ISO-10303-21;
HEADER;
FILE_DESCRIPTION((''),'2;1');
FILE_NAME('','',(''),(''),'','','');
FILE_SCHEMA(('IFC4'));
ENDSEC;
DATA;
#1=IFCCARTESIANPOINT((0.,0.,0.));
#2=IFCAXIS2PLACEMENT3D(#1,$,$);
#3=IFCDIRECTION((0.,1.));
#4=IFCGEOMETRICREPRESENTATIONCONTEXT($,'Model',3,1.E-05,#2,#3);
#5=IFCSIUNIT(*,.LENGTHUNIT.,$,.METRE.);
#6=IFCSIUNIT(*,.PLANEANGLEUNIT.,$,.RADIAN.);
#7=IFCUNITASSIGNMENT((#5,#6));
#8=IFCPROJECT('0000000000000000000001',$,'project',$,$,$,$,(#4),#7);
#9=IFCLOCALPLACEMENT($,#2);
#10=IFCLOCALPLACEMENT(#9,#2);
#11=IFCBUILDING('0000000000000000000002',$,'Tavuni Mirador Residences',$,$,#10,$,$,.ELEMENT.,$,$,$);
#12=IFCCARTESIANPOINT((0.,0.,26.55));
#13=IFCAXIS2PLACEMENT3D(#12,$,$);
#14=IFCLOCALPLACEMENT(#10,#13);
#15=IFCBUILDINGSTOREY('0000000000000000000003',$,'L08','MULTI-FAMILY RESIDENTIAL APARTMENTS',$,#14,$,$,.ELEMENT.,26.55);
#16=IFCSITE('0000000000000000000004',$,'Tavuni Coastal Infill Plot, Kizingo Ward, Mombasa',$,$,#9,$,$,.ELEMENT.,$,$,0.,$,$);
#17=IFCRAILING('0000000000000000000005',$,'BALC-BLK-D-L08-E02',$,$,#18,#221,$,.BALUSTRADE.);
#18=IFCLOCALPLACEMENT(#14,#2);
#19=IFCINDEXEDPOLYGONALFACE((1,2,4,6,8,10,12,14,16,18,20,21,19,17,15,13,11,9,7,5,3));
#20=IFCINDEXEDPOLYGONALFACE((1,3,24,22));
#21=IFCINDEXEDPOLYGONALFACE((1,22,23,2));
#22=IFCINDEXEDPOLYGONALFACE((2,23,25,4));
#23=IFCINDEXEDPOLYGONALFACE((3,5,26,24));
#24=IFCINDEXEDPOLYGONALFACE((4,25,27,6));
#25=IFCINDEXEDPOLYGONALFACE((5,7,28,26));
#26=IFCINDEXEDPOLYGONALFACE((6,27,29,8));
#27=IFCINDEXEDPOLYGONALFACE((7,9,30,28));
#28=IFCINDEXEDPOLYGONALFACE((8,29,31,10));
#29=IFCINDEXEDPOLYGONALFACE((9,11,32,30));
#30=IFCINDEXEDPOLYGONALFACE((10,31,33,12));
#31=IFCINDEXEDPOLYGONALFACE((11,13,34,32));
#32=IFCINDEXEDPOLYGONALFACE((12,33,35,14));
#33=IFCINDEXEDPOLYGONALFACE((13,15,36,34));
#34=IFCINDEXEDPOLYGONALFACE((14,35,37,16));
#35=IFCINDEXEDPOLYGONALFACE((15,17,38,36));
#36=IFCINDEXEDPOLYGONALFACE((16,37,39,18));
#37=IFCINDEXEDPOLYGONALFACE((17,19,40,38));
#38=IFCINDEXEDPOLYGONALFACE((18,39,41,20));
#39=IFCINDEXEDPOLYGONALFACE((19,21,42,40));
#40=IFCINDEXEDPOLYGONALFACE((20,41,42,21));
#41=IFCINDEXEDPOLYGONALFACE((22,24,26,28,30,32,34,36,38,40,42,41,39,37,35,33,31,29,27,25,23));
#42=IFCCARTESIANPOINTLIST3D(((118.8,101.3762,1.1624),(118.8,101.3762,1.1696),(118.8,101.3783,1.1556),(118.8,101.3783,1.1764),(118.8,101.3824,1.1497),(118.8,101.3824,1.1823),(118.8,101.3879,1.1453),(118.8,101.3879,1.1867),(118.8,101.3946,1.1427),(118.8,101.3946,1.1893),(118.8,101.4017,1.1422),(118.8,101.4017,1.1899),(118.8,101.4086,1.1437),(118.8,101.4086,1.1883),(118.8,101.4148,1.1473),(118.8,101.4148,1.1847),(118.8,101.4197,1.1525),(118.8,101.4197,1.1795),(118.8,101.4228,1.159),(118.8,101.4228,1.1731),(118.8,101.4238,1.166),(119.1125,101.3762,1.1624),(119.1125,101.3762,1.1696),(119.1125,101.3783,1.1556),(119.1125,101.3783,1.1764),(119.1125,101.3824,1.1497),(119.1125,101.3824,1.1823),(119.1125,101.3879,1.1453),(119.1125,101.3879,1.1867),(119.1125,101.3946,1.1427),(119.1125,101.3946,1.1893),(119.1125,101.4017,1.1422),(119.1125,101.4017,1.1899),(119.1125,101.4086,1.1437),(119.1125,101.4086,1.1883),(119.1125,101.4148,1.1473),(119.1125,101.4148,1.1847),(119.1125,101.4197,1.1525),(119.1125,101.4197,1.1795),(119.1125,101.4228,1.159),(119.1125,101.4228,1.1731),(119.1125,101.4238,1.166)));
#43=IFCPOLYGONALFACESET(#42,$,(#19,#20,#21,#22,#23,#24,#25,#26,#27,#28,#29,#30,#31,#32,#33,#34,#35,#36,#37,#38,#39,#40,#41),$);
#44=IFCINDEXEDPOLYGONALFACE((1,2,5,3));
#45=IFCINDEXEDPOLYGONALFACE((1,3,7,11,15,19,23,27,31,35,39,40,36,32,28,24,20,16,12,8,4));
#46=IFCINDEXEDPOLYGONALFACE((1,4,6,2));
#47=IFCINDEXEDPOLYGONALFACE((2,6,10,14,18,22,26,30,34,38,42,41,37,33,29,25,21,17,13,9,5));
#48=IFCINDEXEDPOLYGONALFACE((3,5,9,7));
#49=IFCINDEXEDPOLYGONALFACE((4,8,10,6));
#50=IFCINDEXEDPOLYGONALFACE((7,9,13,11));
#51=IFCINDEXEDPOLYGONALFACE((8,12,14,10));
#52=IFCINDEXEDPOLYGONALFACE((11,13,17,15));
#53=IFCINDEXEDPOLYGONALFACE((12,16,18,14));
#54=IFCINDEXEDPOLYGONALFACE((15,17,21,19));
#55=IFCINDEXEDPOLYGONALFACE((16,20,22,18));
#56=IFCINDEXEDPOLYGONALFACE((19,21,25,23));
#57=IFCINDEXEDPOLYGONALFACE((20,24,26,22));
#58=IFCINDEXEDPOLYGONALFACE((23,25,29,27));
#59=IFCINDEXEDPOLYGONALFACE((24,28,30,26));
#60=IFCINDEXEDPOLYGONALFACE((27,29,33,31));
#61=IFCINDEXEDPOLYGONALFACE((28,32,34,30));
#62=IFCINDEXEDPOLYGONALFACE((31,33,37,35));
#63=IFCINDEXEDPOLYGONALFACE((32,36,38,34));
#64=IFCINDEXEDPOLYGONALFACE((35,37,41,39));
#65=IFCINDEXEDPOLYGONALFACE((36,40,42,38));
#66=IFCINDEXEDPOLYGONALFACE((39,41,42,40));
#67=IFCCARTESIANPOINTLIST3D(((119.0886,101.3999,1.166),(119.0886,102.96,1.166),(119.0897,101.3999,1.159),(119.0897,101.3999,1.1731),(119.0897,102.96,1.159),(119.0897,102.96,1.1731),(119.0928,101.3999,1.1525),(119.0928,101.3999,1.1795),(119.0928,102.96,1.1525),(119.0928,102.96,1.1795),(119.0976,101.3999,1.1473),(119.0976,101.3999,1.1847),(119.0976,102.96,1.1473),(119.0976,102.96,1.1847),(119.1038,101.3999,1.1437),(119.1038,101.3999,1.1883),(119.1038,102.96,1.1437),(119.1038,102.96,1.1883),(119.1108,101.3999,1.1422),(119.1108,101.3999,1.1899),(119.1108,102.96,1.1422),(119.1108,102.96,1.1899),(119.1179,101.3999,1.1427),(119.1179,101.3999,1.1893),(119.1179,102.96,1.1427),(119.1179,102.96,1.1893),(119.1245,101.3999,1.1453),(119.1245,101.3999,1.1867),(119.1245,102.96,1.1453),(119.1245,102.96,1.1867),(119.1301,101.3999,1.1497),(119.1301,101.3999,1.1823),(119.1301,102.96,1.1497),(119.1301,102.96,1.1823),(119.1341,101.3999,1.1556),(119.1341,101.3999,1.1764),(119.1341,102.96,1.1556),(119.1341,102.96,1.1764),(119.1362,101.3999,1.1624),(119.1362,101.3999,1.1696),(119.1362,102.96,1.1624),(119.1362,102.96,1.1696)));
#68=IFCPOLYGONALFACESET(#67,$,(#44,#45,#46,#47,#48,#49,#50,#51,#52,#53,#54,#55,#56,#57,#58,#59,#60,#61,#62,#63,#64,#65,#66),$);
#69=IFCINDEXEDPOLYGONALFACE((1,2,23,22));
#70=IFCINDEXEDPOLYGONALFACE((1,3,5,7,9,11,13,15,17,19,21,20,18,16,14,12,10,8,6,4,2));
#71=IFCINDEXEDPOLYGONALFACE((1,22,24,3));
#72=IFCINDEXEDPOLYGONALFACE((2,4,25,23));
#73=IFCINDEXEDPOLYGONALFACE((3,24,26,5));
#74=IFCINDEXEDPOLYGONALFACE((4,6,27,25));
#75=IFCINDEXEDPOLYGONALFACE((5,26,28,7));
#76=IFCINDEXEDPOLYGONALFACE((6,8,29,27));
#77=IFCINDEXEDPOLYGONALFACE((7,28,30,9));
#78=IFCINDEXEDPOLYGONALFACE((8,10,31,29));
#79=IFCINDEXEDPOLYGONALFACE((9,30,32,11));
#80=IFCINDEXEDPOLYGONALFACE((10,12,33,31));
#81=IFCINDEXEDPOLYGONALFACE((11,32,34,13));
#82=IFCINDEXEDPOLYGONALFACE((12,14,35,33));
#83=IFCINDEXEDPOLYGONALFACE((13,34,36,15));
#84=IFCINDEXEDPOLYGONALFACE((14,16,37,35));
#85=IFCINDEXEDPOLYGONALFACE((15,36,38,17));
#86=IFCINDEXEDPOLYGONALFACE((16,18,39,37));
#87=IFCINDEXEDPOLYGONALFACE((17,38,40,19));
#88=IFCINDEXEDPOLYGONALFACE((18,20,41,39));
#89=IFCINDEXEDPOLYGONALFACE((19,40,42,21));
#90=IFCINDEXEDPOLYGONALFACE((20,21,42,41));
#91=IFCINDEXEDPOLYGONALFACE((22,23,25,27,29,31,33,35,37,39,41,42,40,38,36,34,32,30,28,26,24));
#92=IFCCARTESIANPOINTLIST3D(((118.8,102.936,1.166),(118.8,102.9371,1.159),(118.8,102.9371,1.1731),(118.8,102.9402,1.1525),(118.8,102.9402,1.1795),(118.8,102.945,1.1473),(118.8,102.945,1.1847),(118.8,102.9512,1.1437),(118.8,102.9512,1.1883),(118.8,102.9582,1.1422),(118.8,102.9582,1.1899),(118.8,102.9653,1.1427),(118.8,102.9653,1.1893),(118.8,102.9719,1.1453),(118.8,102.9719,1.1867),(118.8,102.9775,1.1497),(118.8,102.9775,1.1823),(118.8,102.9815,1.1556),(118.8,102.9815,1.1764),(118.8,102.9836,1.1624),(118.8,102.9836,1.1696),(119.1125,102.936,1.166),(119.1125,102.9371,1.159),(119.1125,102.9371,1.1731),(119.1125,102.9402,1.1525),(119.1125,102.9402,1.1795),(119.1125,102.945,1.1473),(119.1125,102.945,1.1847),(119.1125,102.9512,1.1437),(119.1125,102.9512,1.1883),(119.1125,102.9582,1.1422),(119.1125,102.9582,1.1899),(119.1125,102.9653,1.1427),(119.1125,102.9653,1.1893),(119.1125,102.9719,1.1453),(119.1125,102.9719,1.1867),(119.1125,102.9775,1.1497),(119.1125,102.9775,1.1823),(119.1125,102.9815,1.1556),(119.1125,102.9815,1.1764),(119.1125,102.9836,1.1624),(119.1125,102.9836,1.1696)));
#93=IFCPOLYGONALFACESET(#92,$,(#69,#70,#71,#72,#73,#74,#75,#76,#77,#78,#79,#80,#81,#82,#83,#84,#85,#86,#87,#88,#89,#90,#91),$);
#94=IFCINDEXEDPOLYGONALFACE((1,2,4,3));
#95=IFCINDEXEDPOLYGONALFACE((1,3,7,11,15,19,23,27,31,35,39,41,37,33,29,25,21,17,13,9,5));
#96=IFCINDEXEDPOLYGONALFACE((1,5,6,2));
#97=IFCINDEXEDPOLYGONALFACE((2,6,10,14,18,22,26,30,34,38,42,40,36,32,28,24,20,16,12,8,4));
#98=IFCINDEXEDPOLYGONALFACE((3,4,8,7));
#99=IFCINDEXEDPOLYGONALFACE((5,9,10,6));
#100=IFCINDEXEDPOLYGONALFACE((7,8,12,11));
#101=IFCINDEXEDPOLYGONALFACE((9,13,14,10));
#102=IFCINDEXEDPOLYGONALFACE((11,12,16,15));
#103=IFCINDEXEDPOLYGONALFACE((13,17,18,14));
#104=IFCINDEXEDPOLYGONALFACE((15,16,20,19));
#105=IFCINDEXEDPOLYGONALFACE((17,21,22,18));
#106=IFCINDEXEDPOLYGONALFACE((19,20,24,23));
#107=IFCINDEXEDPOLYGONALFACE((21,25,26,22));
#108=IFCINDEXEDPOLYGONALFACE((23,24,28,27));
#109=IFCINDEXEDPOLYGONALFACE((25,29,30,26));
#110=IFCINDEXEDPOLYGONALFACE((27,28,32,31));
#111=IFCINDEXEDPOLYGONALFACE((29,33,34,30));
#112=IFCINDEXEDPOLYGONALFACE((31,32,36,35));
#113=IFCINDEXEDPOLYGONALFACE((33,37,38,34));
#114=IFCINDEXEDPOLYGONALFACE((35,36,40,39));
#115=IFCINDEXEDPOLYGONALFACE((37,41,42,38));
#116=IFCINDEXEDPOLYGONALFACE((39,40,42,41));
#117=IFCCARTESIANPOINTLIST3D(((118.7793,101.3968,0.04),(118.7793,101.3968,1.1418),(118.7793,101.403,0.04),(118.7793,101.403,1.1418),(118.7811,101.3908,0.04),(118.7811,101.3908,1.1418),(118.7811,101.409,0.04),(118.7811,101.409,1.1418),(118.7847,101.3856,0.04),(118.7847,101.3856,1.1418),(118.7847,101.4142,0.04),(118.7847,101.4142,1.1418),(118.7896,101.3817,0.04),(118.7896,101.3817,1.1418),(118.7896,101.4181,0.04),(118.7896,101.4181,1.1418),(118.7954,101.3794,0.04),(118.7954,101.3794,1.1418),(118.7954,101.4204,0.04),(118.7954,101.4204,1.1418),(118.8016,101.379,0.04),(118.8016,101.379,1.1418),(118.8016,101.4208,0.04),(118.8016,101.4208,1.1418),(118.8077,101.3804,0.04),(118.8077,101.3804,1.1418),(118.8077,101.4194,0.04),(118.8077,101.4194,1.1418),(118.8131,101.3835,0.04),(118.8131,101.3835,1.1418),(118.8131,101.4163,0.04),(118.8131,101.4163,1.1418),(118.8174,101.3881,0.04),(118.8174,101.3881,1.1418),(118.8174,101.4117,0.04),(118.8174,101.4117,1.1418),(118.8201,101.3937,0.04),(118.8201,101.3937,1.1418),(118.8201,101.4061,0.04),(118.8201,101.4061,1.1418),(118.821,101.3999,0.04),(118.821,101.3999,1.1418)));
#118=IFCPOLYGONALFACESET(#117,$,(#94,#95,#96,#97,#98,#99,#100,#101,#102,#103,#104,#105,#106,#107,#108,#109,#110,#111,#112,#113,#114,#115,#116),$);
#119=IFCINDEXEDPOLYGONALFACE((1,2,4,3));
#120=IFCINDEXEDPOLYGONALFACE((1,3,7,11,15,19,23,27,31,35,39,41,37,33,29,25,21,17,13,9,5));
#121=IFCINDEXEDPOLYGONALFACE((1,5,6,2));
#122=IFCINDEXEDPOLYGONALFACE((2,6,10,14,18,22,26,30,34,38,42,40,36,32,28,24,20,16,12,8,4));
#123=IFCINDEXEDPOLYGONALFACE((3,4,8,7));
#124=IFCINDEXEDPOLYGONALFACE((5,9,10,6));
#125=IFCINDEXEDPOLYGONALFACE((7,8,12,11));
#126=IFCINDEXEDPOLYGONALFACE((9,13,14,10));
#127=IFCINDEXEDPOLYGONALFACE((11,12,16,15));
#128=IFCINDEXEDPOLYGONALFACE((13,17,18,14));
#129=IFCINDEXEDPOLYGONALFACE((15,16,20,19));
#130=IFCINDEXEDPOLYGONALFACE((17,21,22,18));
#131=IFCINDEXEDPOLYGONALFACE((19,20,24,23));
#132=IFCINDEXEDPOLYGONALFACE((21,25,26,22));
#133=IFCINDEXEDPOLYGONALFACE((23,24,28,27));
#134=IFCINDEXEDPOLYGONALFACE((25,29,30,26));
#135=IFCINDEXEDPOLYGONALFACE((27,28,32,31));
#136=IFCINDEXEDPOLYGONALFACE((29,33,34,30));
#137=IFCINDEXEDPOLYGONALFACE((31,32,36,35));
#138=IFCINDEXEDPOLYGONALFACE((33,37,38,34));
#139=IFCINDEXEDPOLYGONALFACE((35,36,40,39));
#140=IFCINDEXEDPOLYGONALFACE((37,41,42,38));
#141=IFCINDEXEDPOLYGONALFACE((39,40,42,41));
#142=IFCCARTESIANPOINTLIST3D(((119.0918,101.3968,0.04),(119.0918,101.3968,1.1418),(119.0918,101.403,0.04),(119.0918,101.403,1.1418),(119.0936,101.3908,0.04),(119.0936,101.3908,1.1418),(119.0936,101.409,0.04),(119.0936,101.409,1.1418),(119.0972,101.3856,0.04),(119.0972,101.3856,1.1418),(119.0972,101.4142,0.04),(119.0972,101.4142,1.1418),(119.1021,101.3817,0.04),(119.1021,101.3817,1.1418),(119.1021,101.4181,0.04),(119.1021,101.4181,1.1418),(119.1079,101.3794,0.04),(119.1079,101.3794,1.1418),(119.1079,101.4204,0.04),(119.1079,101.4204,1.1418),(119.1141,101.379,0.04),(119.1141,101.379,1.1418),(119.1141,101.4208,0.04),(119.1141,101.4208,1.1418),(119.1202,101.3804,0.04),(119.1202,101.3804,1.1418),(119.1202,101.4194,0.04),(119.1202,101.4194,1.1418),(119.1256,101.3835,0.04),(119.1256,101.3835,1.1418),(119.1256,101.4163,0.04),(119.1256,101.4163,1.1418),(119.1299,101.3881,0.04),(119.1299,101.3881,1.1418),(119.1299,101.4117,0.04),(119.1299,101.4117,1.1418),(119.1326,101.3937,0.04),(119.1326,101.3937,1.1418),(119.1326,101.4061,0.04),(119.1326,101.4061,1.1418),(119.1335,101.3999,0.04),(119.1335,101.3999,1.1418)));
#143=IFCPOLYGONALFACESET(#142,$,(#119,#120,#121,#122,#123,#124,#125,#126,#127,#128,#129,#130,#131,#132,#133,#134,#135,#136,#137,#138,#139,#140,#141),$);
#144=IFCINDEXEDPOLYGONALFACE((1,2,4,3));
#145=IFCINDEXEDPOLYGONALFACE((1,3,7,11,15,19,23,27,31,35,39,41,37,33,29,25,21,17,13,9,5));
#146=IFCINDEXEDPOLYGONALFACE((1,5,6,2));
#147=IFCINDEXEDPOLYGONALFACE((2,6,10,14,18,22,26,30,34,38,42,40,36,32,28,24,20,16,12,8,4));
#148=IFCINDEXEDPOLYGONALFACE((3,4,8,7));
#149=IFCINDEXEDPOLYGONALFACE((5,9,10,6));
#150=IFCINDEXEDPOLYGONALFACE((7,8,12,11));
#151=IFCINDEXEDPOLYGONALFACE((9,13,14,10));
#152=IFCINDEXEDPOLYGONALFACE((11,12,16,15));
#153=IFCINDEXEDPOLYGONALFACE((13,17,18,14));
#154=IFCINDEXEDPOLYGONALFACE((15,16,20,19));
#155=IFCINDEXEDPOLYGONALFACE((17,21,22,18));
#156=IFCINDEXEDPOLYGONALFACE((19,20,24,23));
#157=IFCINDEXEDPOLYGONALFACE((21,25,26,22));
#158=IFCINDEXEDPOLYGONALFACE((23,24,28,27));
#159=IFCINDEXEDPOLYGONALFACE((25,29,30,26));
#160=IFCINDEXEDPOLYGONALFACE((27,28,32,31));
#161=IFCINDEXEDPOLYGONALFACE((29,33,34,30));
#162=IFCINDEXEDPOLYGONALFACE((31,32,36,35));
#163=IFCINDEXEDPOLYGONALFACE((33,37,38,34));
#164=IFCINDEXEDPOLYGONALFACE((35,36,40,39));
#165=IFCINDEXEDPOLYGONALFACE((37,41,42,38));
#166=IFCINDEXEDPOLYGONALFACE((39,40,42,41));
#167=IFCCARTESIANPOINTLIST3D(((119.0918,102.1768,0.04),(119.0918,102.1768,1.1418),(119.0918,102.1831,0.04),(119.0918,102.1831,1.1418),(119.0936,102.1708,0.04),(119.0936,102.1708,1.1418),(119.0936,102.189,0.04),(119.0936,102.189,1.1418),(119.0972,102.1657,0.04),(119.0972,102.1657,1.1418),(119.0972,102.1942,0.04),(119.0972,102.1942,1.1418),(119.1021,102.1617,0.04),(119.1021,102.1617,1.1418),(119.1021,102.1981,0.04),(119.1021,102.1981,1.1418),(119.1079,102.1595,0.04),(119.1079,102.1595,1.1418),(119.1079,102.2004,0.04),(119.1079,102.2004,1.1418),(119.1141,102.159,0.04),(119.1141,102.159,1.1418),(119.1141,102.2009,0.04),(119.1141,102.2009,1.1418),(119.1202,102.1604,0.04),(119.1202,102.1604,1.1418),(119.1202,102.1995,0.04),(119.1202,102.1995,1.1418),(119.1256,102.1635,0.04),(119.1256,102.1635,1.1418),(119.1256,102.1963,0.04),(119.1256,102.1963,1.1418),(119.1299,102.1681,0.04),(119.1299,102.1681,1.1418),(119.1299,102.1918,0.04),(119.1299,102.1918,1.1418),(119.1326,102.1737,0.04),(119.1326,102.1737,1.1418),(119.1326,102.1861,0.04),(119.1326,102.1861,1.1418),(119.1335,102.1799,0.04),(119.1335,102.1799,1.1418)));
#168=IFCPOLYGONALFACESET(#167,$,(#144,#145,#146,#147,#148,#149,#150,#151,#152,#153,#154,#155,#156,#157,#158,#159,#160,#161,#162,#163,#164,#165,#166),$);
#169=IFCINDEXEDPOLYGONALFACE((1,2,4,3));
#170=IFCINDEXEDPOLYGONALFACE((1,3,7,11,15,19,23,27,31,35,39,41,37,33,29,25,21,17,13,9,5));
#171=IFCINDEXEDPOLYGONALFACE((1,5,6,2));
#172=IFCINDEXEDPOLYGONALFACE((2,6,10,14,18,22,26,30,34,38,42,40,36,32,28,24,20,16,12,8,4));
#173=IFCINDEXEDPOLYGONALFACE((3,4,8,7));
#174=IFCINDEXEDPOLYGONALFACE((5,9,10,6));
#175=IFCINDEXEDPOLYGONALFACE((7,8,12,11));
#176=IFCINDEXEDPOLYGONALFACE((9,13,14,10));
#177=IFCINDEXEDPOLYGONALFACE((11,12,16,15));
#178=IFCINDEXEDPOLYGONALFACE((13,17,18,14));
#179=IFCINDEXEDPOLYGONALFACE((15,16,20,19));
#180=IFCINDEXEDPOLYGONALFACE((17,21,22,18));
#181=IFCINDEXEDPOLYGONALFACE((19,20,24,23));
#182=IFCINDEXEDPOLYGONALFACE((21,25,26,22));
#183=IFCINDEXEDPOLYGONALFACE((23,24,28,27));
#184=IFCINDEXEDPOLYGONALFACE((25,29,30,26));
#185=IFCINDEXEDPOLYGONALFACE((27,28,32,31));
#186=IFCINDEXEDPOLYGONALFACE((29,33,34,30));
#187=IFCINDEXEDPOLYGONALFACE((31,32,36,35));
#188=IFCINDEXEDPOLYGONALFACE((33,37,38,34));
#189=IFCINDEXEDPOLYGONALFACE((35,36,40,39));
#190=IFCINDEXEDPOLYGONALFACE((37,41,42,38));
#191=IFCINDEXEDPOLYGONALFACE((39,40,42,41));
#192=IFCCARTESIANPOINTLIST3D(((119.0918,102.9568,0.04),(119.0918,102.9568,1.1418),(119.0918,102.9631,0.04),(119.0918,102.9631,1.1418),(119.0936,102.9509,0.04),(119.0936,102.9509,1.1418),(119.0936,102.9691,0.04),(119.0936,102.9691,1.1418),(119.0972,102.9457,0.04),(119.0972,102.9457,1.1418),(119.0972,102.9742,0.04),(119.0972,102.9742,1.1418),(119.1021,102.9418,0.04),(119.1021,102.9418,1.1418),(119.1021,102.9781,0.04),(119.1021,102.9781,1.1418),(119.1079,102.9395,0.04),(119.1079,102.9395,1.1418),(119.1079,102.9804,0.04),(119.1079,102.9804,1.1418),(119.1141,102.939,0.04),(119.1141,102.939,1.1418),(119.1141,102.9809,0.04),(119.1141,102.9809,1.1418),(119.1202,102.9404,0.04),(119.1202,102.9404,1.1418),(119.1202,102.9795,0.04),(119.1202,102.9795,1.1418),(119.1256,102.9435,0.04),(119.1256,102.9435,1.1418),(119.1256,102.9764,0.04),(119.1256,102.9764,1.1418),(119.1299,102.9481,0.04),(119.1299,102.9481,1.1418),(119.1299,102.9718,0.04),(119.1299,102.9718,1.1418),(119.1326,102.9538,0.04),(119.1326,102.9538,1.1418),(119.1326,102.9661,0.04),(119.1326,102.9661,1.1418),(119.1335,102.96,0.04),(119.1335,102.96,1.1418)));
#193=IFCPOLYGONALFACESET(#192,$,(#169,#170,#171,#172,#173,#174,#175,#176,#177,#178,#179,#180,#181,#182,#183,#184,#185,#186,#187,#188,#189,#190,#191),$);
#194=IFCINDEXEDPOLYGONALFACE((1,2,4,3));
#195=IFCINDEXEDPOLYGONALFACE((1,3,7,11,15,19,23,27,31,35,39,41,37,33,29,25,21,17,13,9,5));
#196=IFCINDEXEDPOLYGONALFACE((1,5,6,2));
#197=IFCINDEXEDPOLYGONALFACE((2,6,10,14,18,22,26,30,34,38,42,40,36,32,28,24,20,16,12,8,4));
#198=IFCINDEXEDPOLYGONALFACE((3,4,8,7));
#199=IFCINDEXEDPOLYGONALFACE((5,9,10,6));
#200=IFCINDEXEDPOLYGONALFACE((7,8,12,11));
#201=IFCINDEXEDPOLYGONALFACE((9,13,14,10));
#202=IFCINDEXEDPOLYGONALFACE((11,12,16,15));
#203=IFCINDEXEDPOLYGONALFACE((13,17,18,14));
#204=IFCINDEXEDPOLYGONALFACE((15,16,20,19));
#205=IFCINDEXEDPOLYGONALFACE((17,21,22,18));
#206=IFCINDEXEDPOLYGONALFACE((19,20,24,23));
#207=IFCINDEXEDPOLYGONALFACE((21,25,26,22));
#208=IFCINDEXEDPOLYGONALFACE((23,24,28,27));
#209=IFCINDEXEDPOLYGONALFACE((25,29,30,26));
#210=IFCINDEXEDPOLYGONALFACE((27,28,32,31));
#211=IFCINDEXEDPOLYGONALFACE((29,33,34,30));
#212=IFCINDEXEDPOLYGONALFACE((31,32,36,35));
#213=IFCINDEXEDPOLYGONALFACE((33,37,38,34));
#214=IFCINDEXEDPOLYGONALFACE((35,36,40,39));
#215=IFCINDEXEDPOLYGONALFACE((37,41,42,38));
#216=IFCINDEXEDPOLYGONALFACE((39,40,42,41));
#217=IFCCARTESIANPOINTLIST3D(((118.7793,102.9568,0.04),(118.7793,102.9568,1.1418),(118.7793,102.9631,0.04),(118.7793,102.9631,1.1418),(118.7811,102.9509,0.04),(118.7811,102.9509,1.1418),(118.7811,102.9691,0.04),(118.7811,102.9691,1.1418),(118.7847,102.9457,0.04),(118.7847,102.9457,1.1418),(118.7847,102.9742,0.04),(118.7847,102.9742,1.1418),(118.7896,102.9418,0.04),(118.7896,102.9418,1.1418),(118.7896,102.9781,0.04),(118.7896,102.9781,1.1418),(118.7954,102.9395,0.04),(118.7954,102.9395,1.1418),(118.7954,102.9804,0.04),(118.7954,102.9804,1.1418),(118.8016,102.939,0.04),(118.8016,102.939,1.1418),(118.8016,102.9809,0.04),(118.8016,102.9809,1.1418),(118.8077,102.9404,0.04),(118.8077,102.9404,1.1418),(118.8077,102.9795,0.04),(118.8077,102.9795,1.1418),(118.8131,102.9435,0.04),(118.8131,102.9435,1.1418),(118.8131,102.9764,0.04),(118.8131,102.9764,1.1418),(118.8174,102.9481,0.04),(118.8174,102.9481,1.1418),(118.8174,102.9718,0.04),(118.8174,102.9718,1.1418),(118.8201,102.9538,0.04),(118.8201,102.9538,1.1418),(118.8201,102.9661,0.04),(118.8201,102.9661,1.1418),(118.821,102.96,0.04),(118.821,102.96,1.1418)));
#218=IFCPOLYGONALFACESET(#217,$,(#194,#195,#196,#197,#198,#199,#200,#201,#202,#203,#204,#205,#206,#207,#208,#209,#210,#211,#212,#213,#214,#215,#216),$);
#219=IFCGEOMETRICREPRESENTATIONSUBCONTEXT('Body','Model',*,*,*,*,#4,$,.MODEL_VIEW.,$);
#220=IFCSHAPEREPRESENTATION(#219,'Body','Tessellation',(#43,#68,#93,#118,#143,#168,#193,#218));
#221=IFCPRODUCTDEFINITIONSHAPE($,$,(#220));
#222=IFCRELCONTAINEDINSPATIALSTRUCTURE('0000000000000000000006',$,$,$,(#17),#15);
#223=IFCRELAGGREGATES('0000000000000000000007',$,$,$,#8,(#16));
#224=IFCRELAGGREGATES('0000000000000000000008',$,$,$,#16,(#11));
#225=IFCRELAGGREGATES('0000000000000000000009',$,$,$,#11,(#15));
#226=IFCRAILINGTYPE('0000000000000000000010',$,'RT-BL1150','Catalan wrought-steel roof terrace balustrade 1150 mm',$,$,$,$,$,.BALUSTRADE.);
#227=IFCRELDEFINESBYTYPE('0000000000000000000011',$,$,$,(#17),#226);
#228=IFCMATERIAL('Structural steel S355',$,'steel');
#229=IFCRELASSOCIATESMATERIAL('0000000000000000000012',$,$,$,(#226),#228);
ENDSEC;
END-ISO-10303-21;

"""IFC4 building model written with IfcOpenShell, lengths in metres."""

from ifc_helpers import new_model, si_unit, direction, frame, origin, origin_2d, place, context, subcontext, project, spatial, circle, extrude, material, type_object, element, save


model = new_model("IFC4")

# Units and contexts
model_context = context("Model", 3, precision=1e-05, world=origin(), true_north=direction((0.0, 1.0)))
body_context = subcontext(model_context, "Body", "Model", "MODEL_VIEW")
ifc_project = project(units=[si_unit("LENGTHUNIT", "METRE"), si_unit("PLANEANGLEUNIT", "RADIAN")], contexts=[model_context])

# Site, building, storey
site_placement = place(None, origin())
site = spatial("IfcSite", under=ifc_project, at=site_placement, Name="Tavuni Coastal Infill Plot, Kizingo Ward, Mombasa", CompositionType="ELEMENT", RefElevation=0.0)
building_placement = place(site_placement, origin())
building = spatial("IfcBuilding", under=site, at=building_placement, Name="Tavuni Mirador Residences", CompositionType="ELEMENT")
storey_placement = place(building_placement, frame((0.0, 0.0, 26.55)))
storey = spatial("IfcBuildingStorey", under=building, at=storey_placement, Name="L08", Description="MULTI-FAMILY RESIDENTIAL APARTMENTS", CompositionType="ELEMENT", Elevation=26.55)

# Shared definitions
ifc_material_1 = material(Name="Structural steel S355", Category="steel")

# Railing
railing_type = type_object("IfcRailingType", Name="RT-BL1150", Description="Catalan wrought-steel roof terrace balustrade 1150 mm", PredefinedType="BALUSTRADE", material=ifc_material_1)
railing_placement = place(storey_placement, frame((118.8, 101.3999, 0.04)))
element("IfcRailing", 1, at=railing_placement, inside=storey, type_object=railing_type, Name="BALC-BLK-D-L08-E02", PredefinedType="BALUSTRADE", context=body_context, shape_type="SweptSolid", body=[
    extrude(circle(Radius=0.0239, at=origin_2d()), frame((0.0, 0.0, 1.126), z_axis=(1.0, 0.0, 0.0), x_axis=(0.0, 1.0, 0.0)), (0.0, 0.0, 1.0), 0.3125),
    extrude(circle(Radius=0.0239, at=origin_2d()), frame((0.3125, 0.0, 1.126), z_axis=(0.0, 1.0, 0.0), x_axis=(-1.0, 0.0, 0.0)), (0.0, 0.0, 1.0), 1.5601),
    extrude(circle(Radius=0.0239, at=origin_2d()), frame((0.3125, 1.5601, 1.126), z_axis=(-1.0, 0.0, 0.0), x_axis=(0.0, -1.0, 0.0)), (0.0, 0.0, 1.0), 0.3125),
    extrude(circle(Radius=0.021, at=origin_2d()), origin(), (0.0, 0.0, 1.0), 1.1018),
    extrude(circle(Radius=0.021, at=origin_2d()), frame((0.3125, 0.0, 0.0)), (0.0, 0.0, 1.0), 1.1018),
    extrude(circle(Radius=0.021, at=origin_2d()), frame((0.3125, 0.78, 0.0)), (0.0, 0.0, 1.0), 1.1018),
    extrude(circle(Radius=0.021, at=origin_2d()), frame((0.3125, 1.5601, 0.0)), (0.0, 0.0, 1.0), 1.1018),
    extrude(circle(Radius=0.021, at=origin_2d()), frame((0.0, 1.5601, 0.0)), (0.0, 0.0, 1.0), 1.1018),
])

save(model, "model.ifc")
